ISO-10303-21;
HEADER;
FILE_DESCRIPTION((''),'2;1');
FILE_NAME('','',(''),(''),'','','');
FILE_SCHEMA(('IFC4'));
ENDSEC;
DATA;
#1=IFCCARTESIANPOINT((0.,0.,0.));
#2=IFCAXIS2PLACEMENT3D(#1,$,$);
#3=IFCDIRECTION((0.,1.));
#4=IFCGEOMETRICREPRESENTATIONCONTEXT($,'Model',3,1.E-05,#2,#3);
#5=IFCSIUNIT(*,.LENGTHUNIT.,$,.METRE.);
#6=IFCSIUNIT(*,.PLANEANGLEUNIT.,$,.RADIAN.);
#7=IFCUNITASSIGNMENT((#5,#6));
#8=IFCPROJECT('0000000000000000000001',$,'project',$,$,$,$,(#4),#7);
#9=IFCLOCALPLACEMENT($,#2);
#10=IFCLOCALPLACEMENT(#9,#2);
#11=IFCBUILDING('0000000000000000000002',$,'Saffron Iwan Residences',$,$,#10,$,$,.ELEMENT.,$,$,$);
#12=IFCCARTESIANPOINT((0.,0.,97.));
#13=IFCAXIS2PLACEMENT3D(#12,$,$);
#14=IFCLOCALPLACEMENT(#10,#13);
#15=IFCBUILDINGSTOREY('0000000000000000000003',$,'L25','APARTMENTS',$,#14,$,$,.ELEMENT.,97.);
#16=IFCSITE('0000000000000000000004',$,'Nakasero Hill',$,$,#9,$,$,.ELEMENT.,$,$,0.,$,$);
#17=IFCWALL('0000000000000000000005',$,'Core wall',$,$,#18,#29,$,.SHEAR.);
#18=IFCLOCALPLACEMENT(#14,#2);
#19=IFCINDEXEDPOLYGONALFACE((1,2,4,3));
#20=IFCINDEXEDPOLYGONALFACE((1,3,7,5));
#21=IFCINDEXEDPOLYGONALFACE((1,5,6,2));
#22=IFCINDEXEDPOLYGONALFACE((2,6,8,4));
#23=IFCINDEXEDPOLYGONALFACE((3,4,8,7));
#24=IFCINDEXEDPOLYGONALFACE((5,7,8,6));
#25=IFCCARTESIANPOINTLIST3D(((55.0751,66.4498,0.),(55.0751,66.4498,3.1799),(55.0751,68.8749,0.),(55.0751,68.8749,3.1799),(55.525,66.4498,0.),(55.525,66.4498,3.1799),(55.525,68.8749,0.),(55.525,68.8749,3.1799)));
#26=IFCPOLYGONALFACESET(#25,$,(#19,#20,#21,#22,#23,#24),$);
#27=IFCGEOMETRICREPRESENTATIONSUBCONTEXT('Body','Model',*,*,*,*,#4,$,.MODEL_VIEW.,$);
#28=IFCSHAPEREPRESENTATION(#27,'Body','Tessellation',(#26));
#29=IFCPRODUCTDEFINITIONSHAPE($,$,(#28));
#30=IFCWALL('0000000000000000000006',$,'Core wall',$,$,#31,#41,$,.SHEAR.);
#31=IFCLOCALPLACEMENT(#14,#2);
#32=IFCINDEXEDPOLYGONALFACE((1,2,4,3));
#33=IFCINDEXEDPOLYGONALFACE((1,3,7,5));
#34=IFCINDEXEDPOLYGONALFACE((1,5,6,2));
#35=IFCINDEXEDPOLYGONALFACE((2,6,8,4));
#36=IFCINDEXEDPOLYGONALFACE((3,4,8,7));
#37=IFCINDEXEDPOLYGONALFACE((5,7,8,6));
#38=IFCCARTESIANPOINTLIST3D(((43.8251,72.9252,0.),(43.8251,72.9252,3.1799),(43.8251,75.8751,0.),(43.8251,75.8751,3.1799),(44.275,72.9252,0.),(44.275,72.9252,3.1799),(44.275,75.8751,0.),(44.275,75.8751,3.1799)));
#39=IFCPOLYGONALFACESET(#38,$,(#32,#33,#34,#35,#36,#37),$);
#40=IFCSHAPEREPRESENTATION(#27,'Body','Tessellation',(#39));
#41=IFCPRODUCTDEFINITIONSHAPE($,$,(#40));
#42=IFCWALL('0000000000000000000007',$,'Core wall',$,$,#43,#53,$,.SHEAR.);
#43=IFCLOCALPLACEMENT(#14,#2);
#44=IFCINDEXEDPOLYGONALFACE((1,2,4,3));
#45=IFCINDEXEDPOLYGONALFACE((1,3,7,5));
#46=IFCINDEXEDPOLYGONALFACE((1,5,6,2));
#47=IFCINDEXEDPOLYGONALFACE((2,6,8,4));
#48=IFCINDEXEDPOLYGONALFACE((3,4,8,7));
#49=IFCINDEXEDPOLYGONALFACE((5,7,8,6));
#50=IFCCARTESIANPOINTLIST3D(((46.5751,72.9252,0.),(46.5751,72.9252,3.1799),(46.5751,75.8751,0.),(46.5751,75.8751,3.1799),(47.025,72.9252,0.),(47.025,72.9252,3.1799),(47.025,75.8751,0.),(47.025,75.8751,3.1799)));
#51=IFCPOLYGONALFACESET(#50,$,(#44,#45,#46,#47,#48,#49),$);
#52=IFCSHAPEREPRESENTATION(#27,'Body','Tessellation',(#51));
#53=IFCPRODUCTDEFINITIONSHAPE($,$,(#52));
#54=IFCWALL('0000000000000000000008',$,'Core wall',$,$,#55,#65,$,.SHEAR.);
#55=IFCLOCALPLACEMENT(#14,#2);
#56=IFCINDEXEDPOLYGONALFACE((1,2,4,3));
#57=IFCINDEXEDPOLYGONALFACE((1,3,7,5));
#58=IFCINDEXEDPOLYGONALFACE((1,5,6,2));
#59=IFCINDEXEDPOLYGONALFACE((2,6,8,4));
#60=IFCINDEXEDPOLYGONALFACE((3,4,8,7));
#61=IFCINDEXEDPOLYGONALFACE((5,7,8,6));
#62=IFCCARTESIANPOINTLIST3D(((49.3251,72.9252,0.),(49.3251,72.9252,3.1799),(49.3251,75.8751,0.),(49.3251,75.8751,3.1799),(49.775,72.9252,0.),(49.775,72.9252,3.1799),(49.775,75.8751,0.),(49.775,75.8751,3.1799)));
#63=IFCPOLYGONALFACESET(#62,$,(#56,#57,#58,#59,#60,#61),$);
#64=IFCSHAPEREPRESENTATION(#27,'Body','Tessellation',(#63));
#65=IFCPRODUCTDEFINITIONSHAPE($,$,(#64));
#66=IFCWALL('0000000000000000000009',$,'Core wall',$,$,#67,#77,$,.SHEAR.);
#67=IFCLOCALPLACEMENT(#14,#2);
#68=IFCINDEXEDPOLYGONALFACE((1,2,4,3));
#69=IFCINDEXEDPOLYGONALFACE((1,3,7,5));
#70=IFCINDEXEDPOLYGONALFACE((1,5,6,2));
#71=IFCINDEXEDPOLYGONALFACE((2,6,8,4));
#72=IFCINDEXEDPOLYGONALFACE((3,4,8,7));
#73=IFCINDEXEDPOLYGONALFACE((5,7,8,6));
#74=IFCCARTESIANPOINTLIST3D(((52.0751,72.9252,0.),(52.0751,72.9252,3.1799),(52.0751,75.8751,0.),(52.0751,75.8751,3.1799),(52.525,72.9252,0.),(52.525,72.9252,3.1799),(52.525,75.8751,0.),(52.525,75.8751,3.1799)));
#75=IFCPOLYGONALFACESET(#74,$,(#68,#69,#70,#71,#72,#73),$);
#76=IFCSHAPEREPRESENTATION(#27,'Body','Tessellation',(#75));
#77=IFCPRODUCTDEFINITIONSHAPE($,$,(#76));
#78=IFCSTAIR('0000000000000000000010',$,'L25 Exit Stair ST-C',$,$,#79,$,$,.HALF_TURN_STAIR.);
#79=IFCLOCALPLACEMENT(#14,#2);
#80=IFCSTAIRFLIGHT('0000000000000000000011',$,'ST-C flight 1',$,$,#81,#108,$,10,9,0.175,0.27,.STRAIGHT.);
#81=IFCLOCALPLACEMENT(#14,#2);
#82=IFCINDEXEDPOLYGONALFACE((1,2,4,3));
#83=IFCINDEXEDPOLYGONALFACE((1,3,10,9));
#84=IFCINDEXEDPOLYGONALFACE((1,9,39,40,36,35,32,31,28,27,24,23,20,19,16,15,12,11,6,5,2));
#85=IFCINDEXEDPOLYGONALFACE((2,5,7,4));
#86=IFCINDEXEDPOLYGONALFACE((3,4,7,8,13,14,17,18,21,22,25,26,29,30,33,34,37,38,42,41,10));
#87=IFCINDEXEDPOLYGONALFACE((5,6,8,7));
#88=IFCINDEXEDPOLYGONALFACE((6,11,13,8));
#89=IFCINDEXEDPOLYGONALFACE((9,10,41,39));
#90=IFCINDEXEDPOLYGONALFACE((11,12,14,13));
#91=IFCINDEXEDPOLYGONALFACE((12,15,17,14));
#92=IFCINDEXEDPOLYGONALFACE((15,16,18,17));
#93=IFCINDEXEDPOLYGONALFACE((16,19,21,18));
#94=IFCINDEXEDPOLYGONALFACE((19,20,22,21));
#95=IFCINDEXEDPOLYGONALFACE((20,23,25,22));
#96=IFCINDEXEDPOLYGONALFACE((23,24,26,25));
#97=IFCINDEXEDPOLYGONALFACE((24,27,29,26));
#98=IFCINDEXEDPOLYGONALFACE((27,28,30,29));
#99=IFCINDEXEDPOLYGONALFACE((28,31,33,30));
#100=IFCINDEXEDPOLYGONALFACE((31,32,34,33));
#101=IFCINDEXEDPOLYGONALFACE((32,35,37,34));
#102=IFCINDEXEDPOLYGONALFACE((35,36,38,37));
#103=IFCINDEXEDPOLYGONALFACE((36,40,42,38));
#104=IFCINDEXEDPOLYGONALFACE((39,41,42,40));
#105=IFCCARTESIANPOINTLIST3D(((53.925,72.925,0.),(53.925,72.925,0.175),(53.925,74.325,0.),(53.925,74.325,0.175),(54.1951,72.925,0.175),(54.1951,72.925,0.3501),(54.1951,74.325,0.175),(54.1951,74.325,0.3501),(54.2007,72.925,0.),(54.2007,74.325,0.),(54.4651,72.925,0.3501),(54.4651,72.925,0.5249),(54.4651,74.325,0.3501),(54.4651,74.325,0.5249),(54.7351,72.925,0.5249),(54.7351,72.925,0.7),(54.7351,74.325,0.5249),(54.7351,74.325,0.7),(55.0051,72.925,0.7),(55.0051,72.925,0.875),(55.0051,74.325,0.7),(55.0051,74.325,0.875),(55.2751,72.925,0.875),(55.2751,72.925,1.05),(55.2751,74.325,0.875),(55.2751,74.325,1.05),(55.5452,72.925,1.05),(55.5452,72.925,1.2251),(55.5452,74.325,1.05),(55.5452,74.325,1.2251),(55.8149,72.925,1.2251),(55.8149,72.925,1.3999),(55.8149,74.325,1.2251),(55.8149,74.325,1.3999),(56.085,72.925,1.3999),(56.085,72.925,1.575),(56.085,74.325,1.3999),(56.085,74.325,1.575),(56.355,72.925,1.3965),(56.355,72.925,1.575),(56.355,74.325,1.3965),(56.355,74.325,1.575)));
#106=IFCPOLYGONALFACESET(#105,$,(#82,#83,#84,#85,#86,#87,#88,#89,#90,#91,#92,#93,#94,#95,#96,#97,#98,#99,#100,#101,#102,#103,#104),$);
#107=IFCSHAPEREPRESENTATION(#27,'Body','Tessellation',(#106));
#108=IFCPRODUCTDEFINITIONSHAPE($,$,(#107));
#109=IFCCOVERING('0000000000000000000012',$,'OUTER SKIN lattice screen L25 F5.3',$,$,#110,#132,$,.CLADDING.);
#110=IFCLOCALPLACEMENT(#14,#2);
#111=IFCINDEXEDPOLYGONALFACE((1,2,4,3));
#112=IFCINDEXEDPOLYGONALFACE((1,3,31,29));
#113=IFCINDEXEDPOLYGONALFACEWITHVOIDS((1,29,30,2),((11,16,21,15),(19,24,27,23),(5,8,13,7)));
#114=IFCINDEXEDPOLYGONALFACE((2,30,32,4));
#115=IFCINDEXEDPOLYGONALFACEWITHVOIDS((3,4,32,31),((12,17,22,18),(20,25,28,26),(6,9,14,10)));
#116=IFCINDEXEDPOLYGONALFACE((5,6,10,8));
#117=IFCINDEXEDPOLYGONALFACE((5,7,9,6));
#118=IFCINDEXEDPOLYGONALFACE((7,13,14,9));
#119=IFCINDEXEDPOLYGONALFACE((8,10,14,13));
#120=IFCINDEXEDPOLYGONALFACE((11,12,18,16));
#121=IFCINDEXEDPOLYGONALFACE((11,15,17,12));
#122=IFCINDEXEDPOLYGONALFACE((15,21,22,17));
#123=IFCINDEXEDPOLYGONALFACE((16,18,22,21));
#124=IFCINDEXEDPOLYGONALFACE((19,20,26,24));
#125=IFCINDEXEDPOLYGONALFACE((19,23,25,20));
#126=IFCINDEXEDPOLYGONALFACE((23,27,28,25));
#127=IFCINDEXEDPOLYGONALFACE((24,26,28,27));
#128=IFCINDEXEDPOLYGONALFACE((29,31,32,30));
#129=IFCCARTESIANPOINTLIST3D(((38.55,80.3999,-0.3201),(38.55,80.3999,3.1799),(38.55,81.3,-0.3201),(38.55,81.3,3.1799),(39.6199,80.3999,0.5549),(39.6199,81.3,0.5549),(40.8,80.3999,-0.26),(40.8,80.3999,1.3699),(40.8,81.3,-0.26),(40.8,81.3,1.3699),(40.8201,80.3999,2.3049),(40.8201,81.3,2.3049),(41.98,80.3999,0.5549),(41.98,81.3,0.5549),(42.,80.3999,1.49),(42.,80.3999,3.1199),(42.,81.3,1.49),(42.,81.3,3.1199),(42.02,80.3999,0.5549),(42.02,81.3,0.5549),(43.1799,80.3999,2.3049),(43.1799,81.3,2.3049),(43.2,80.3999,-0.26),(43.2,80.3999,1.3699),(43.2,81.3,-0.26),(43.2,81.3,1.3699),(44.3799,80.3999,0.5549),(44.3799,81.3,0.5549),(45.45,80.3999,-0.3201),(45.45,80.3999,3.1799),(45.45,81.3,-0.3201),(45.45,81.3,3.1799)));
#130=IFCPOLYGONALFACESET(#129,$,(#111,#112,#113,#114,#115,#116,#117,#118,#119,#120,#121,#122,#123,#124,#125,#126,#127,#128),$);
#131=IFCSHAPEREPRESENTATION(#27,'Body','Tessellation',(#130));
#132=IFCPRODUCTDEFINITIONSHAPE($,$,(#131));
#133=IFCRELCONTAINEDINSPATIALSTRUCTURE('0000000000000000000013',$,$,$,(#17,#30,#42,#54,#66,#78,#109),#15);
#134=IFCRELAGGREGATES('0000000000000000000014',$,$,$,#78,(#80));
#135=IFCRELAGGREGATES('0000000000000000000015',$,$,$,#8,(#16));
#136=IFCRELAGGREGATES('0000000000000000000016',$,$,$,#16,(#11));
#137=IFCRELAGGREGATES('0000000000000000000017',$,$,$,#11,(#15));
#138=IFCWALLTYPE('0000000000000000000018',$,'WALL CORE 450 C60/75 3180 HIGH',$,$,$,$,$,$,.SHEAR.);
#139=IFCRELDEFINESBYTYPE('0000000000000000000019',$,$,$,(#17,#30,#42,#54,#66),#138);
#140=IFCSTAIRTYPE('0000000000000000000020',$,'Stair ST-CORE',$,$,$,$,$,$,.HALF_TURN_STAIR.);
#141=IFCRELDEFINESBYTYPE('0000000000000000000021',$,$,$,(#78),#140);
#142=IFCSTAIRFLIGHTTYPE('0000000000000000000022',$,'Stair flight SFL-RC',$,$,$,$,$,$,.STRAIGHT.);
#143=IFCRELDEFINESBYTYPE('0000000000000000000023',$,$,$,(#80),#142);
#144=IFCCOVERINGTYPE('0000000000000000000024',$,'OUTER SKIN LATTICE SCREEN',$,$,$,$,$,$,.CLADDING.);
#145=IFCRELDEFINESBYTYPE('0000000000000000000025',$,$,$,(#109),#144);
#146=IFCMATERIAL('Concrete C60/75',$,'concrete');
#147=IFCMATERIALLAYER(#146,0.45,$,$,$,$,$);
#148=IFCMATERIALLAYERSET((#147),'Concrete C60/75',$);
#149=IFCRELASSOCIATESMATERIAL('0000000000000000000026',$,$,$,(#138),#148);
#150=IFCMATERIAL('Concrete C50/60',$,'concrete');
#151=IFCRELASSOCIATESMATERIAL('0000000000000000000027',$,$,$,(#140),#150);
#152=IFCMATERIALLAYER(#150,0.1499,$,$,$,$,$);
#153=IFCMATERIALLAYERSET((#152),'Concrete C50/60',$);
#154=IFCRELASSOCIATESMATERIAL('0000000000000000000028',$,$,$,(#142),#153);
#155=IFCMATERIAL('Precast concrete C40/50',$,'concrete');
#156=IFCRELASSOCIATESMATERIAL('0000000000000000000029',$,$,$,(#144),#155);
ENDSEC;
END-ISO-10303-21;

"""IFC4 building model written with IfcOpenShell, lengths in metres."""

from ifc_helpers import new_model, si_unit, direction, frame, frame_2d, origin, place, context, subcontext, project, spatial, polyline, rectangle, outline, extrude, material, layer, layer_set, type_object, element, aggregate, save


model = new_model("IFC4")

# Units and contexts
model_context = context("Model", 3, precision=1e-05, world=origin(), true_north=direction((0.0, 1.0)))
body_context = subcontext(model_context, "Body", "Model", "MODEL_VIEW")
ifc_project = project(units=[si_unit("LENGTHUNIT", "METRE"), si_unit("PLANEANGLEUNIT", "RADIAN")], contexts=[model_context])

# Site, building, storey
site_placement = place(None, origin())
site = spatial("IfcSite", under=ifc_project, at=site_placement, Name="Nakasero Hill", CompositionType="ELEMENT", RefElevation=0.0)
building_placement = place(site_placement, origin())
building = spatial("IfcBuilding", under=site, at=building_placement, Name="Saffron Iwan Residences", CompositionType="ELEMENT")
storey_placement = place(building_placement, frame((0.0, 0.0, 97.0)))
storey = spatial("IfcBuildingStorey", under=building, at=storey_placement, Name="L25", Description="APARTMENTS", CompositionType="ELEMENT", Elevation=97.0)

# Shared definitions
ifc_material_1 = material(Name="Concrete C60/75", Category="concrete")

# Walls
ifc_layer_1 = layer(ifc_material_1, 0.45)
ifc_layer_set_1 = layer_set([ifc_layer_1], Name="Concrete C60/75")
wall_type_1 = type_object("IfcWallType", Name="WALL CORE 450 C60/75 3180 HIGH", PredefinedType="SHEAR", material=ifc_layer_set_1)
for number, where, z_axis, x_axis, name in (
    (1, (55.3, 66.45, 0.0), (0.0, 0.0, 1.0), (0.0, 1.0, 0.0), "Core wall"),
):
    element("IfcWall", number, at=place(storey_placement, frame(where, z_axis=z_axis, x_axis=x_axis)), inside=storey, type_object=wall_type_1, Name=name, PredefinedType="SHEAR", context=body_context, shape_type="SweptSolid", body=[
        extrude(rectangle(XDim=2.425, YDim=0.45, at=frame_2d((1.2124, 0.0))), origin(), (0.0, 0.0, 1.0), 3.1799),
    ])
for number, where, z_axis, x_axis, name in (
    (2, (44.05, 72.925, 0.0), (0.0, 0.0, 1.0), (0.0, 1.0, 0.0), "Core wall"),
    (3, (46.8, 72.925, 0.0), (0.0, 0.0, 1.0), (0.0, 1.0, 0.0), "Core wall"),
    (4, (49.55, 72.925, 0.0), (0.0, 0.0, 1.0), (0.0, 1.0, 0.0), "Core wall"),
    (5, (52.3, 72.925, 0.0), (0.0, 0.0, 1.0), (0.0, 1.0, 0.0), "Core wall"),
):
    element("IfcWall", number, at=place(storey_placement, frame(where, z_axis=z_axis, x_axis=x_axis)), inside=storey, type_object=wall_type_1, Name=name, PredefinedType="SHEAR", context=body_context, shape_type="SweptSolid", body=[
        extrude(rectangle(XDim=2.95, YDim=0.45, at=frame_2d((1.4751, 0.0))), origin(), (0.0, 0.0, 1.0), 3.1799),
    ])

# Stair, stair flight
ifc_material_2 = material(Name="Concrete C50/60", Category="concrete")
stair_type = type_object("IfcStairType", Name="Stair ST-CORE", PredefinedType="HALF_TURN_STAIR", material=ifc_material_2)
stair_placement = place(storey_placement, origin())
stair = element("IfcStair", 6, at=stair_placement, inside=storey, type_object=stair_type, Name="L25 Exit Stair ST-C", PredefinedType="HALF_TURN_STAIR")
ifc_layer_2 = layer(ifc_material_2, 0.1499)
ifc_layer_set_2 = layer_set([ifc_layer_2], Name="Concrete C50/60")
stair_flight_type = type_object("IfcStairFlightType", Name="Stair flight SFL-RC", PredefinedType="STRAIGHT", material=ifc_layer_set_2)
stair_flight_placement = place(storey_placement, frame((53.925, 73.625, 0.0), z_axis=(0.0, 0.0, 1.0), x_axis=(1.0, 0.0, 0.0)))
stair_flight = element("IfcStairFlight", 7, at=stair_flight_placement, type_object=stair_flight_type, Name="ST-C flight 1", NumberOfRisers=10, NumberOfTreads=9, PredefinedType="STRAIGHT", RiserHeight=0.175, TreadLength=0.27, context=body_context, shape_type="SweptSolid", body=[
    extrude(outline(polyline([(0.0, 0.0), (0.0, 0.175), (0.27, 0.175), (0.27, 0.3501), (0.54, 0.3501), (0.54, 0.5249), (0.8101, 0.5249), (0.8101, 0.7), (1.0801, 0.7), (1.0801, 0.875), (1.3501, 0.875), (1.3501, 1.05), (1.6201, 1.05), (1.6201, 1.2251), (1.8899, 1.2251), (1.8899, 1.3999), (2.1599, 1.3999), (2.1599, 1.575), (2.4299, 1.575), (2.4299, 1.75), (2.4299, 1.3965), (0.2756, 0.0), (0.0, 0.0)])), frame((0.0, 0.7, 0.0), z_axis=(0.0, -1.0, 0.0), x_axis=(1.0, 0.0, 0.0)), (0.0, 0.0, 1.0), 1.3999),
])
aggregate(stair, [stair_flight])

# Covering
ifc_material_3 = material(Name="Precast concrete C40/50", Category="concrete")
covering_type_1 = type_object("IfcCoveringType", Name="OUTER SKIN LATTICE SCREEN", PredefinedType="CLADDING", material=ifc_material_3)
covering_placement = place(storey_placement, frame((45.45, 80.3999, -0.3201), z_axis=(0.0, 1.0, 0.0), x_axis=(-1.0, 0.0, 0.0)))
element("IfcCovering", 8, at=covering_placement, inside=storey, type_object=covering_type_1, Name="OUTER SKIN lattice screen L25 F5.3", PredefinedType="CLADDING", context=body_context, shape_type="SweptSolid", body=[
    extrude(outline(polyline([(0.0, 0.0), (6.8999, 0.0), (6.8999, 3.5), (0.0, 3.5), (0.0, 0.0)]), holes=[polyline([(1.0701, 0.875), (2.25, 0.0601), (3.4299, 0.875), (2.25, 1.6899), (1.0701, 0.875)]), polyline([(3.47, 0.875), (4.6499, 0.0601), (5.8301, 0.875), (4.6499, 1.6899), (3.47, 0.875)]), polyline([(2.27, 2.625), (3.45, 1.8101), (4.6299, 2.625), (3.45, 3.4399), (2.27, 2.625)])]), origin(), (0.0, 0.0, 1.0), 0.9001),
])

save(model, "model.ifc")
